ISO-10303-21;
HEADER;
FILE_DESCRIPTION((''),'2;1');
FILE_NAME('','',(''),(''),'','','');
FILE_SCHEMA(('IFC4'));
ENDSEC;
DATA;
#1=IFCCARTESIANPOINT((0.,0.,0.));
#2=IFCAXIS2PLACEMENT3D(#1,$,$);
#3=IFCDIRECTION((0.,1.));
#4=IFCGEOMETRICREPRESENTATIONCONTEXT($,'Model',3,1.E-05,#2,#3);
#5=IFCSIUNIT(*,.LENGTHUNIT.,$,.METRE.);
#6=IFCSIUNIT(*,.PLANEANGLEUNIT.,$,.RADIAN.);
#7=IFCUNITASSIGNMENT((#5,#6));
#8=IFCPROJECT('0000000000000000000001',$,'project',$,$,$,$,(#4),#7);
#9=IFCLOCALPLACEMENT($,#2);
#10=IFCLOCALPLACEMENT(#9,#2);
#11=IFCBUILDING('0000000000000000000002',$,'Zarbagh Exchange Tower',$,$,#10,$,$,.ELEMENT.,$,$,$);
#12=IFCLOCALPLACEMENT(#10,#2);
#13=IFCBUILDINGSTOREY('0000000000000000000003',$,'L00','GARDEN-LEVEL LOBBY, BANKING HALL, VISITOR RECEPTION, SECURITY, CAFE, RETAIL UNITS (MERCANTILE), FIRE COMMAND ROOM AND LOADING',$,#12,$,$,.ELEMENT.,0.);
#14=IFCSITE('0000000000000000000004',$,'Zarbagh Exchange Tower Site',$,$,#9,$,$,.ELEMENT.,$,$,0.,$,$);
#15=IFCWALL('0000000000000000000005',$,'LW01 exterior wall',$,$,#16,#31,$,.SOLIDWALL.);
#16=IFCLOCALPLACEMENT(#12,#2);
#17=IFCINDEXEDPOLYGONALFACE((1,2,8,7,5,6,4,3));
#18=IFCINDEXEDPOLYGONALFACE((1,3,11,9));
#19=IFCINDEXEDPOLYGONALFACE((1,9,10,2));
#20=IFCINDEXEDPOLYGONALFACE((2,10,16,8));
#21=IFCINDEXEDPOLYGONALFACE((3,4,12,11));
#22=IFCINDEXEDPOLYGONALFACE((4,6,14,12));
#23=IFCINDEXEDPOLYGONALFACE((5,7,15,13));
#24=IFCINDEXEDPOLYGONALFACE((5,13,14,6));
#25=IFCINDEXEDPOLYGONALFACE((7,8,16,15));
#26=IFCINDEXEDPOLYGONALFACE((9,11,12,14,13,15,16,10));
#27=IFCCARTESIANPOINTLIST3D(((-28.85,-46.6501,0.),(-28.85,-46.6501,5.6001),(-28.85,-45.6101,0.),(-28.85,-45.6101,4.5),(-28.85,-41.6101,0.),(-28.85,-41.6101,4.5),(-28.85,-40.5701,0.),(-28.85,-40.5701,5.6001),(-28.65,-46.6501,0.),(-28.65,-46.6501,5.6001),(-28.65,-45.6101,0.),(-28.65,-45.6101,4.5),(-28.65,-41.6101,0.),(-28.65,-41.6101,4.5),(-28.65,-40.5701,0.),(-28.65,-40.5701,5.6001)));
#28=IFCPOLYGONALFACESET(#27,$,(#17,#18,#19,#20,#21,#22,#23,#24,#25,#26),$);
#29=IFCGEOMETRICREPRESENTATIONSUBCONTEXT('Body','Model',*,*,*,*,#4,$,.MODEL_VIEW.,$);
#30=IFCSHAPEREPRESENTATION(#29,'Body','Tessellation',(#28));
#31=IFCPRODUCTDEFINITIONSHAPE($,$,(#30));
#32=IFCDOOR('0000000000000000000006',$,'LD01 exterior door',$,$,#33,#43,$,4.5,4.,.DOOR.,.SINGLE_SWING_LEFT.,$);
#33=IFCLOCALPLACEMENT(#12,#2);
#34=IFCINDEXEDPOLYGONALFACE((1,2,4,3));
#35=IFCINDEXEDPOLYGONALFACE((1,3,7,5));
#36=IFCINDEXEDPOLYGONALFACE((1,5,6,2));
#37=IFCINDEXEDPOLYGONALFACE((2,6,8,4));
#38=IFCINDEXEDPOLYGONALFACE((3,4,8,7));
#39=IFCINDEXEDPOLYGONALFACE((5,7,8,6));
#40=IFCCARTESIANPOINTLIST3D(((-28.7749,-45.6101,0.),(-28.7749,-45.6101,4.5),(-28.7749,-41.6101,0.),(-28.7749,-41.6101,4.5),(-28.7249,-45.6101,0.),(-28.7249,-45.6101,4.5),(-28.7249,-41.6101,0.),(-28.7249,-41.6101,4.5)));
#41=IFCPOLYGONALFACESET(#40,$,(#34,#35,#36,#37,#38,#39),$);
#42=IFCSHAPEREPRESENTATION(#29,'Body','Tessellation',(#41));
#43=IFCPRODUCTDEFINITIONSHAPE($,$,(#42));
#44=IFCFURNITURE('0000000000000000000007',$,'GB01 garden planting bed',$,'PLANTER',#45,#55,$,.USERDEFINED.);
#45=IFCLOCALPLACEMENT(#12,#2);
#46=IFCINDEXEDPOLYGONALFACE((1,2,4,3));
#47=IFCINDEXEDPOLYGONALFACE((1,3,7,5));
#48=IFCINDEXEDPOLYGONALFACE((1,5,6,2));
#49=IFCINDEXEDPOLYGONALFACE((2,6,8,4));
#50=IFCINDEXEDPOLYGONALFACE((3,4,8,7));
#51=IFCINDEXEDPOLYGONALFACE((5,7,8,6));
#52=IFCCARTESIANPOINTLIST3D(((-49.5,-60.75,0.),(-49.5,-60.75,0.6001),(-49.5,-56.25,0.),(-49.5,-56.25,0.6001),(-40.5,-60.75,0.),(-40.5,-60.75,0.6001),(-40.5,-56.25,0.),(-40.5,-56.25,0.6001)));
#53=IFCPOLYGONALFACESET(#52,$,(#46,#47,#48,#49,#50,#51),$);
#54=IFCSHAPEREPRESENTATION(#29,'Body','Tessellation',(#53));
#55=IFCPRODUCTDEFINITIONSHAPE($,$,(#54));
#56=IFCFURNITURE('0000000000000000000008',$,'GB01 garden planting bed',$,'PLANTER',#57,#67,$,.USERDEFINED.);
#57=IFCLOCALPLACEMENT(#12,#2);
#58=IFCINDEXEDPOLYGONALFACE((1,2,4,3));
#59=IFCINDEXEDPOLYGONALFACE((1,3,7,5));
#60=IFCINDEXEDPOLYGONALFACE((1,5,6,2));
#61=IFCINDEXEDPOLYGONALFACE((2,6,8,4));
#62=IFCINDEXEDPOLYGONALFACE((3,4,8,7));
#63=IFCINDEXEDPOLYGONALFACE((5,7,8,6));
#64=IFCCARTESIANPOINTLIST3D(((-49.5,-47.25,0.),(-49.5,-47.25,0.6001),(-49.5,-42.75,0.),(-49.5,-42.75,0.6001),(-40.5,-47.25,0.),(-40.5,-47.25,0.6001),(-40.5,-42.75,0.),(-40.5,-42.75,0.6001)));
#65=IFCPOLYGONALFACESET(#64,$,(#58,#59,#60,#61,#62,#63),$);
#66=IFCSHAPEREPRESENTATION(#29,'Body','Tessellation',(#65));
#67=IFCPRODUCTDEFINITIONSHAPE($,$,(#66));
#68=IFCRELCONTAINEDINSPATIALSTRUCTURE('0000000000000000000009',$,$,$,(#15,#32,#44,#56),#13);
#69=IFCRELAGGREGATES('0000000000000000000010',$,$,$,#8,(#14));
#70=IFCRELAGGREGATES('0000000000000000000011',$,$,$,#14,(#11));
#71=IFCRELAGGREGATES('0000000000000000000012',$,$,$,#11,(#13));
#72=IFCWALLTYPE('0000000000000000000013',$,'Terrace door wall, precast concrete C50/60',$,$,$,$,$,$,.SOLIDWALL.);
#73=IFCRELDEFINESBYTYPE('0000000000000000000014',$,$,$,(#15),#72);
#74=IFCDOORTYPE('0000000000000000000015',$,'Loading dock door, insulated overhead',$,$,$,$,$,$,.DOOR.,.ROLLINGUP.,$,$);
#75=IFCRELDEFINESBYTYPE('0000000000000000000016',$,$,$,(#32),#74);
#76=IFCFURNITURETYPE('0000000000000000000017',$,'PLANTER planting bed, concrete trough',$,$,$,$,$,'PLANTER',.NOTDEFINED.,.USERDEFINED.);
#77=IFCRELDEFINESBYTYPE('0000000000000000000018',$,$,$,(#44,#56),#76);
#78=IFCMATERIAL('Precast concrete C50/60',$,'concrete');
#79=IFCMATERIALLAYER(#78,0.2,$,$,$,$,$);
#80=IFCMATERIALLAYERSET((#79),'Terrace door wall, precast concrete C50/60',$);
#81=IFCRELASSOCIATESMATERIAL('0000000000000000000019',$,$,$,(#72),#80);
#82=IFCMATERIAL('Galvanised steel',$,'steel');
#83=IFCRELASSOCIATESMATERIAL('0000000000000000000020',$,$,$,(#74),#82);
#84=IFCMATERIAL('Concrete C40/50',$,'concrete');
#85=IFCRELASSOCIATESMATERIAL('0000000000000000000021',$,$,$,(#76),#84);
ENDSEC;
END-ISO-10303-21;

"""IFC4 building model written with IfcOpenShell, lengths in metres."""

from ifc_helpers import new_model, si_unit, direction, frame, frame_2d, origin, origin_2d, place, context, subcontext, project, spatial, rectangle, extrude, material, layer, layer_set, type_object, element, fill, save


model = new_model("IFC4")

# Units and contexts
model_context = context("Model", 3, precision=1e-05, world=origin(), true_north=direction((0.0, 1.0)))
body_context = subcontext(model_context, "Body", "Model", "MODEL_VIEW")
ifc_project = project(units=[si_unit("LENGTHUNIT", "METRE"), si_unit("PLANEANGLEUNIT", "RADIAN")], contexts=[model_context])

# Site, building, storey
site_placement = place(None, origin())
site = spatial("IfcSite", under=ifc_project, at=site_placement, Name="Zarbagh Exchange Tower Site", CompositionType="ELEMENT", RefElevation=0.0)
building_placement = place(site_placement, origin())
building = spatial("IfcBuilding", under=site, at=building_placement, Name="Zarbagh Exchange Tower", CompositionType="ELEMENT")
storey_placement = place(building_placement, origin())
storey = spatial("IfcBuildingStorey", under=building, at=storey_placement, Name="L00", Description="GARDEN-LEVEL LOBBY, BANKING HALL, VISITOR RECEPTION, SECURITY, CAFE, RETAIL UNITS (MERCANTILE), FIRE COMMAND ROOM AND LOADING", CompositionType="ELEMENT", Elevation=0.0)

# Wall, opening, door
ifc_material_1 = material(Name="Precast concrete C50/60", Category="concrete")
ifc_layer_1 = layer(ifc_material_1, 0.2)
ifc_layer_set_1 = layer_set([ifc_layer_1], Name="Terrace door wall, precast concrete C50/60")
wall_type_1 = type_object("IfcWallType", Name="Terrace door wall, precast concrete C50/60", PredefinedType="SOLIDWALL", material=ifc_layer_set_1)
wall_1_placement = place(storey_placement, frame((-28.75, -46.6501, 0.0), z_axis=(0.0, 0.0, 1.0), x_axis=(0.0, 1.0, 0.0)))
wall_1 = element("IfcWall", 1, at=wall_1_placement, inside=storey, type_object=wall_type_1, Name="LW01 exterior wall", PredefinedType="SOLIDWALL", context=body_context, shape_type="SweptSolid", body=[
    extrude(rectangle(XDim=6.0801, YDim=0.2, at=frame_2d((3.04, 0.0))), origin(), (0.0, 0.0, 1.0), 5.6001),
])
opening_1_placement = place(wall_1_placement, frame((1.04, 0.0, 0.0)))
opening_1 = element("IfcOpeningElement", 2, at=opening_1_placement, cuts=wall_1, PredefinedType="OPENING", context=body_context, shape_type="SweptSolid", body=[
    extrude(rectangle(XDim=4.0, YDim=4.5, at=frame_2d((2.0, 2.25))), frame((0.0, 0.1099, 0.0), z_axis=(0.0, -1.0, 0.0), x_axis=(1.0, 0.0, 0.0)), (0.0, 0.0, 1.0), 0.22),
])
ifc_material_2 = material(Name="Galvanised steel", Category="steel")
door_type_1 = type_object("IfcDoorType", Name="Loading dock door, insulated overhead", OperationType="ROLLINGUP", PredefinedType="DOOR", material=ifc_material_2)
door_1_placement = place(opening_1_placement, origin())
door_1 = element("IfcDoor", 3, at=door_1_placement, inside=storey, type_object=door_type_1, Name="LD01 exterior door", OperationType="SINGLE_SWING_LEFT", OverallHeight=4.5, OverallWidth=4.0, PredefinedType="DOOR", context=body_context, shape_type="SweptSolid", body=[
    extrude(rectangle(XDim=4.0, YDim=4.5, at=frame_2d((2.0, 2.25))), frame((0.0, 0.0249, 0.0), z_axis=(0.0, -1.0, 0.0), x_axis=(1.0, 0.0, 0.0)), (0.0, 0.0, 1.0), 0.05),
])
fill(opening_1, door_1)

# Furniture
ifc_material_3 = material(Name="Concrete C40/50", Category="concrete")
furniture_type = type_object("IfcFurnitureType", Name="PLANTER planting bed, concrete trough", ElementType="PLANTER", AssemblyPlace="NOTDEFINED", PredefinedType="USERDEFINED", material=ifc_material_3)
for number, where, z_axis, x_axis, name in (
    (4, (-45.0, -58.5, 0.0), (0.0, 0.0, 1.0), (1.0, 0.0, 0.0), "GB01 garden planting bed"),
    (5, (-45.0, -45.0, 0.0), (0.0, 0.0, 1.0), (1.0, 0.0, 0.0), "GB01 garden planting bed"),
):
    element("IfcFurniture", number, at=place(storey_placement, frame(where, z_axis=z_axis, x_axis=x_axis)), inside=storey, type_object=furniture_type, Name=name, ObjectType="PLANTER", PredefinedType="USERDEFINED", context=body_context, shape_type="SweptSolid", body=[
        extrude(rectangle(XDim=9.0, YDim=4.5, at=origin_2d()), origin(), (0.0, 0.0, 1.0), 0.6001),
    ])

save(model, "model.ifc")
